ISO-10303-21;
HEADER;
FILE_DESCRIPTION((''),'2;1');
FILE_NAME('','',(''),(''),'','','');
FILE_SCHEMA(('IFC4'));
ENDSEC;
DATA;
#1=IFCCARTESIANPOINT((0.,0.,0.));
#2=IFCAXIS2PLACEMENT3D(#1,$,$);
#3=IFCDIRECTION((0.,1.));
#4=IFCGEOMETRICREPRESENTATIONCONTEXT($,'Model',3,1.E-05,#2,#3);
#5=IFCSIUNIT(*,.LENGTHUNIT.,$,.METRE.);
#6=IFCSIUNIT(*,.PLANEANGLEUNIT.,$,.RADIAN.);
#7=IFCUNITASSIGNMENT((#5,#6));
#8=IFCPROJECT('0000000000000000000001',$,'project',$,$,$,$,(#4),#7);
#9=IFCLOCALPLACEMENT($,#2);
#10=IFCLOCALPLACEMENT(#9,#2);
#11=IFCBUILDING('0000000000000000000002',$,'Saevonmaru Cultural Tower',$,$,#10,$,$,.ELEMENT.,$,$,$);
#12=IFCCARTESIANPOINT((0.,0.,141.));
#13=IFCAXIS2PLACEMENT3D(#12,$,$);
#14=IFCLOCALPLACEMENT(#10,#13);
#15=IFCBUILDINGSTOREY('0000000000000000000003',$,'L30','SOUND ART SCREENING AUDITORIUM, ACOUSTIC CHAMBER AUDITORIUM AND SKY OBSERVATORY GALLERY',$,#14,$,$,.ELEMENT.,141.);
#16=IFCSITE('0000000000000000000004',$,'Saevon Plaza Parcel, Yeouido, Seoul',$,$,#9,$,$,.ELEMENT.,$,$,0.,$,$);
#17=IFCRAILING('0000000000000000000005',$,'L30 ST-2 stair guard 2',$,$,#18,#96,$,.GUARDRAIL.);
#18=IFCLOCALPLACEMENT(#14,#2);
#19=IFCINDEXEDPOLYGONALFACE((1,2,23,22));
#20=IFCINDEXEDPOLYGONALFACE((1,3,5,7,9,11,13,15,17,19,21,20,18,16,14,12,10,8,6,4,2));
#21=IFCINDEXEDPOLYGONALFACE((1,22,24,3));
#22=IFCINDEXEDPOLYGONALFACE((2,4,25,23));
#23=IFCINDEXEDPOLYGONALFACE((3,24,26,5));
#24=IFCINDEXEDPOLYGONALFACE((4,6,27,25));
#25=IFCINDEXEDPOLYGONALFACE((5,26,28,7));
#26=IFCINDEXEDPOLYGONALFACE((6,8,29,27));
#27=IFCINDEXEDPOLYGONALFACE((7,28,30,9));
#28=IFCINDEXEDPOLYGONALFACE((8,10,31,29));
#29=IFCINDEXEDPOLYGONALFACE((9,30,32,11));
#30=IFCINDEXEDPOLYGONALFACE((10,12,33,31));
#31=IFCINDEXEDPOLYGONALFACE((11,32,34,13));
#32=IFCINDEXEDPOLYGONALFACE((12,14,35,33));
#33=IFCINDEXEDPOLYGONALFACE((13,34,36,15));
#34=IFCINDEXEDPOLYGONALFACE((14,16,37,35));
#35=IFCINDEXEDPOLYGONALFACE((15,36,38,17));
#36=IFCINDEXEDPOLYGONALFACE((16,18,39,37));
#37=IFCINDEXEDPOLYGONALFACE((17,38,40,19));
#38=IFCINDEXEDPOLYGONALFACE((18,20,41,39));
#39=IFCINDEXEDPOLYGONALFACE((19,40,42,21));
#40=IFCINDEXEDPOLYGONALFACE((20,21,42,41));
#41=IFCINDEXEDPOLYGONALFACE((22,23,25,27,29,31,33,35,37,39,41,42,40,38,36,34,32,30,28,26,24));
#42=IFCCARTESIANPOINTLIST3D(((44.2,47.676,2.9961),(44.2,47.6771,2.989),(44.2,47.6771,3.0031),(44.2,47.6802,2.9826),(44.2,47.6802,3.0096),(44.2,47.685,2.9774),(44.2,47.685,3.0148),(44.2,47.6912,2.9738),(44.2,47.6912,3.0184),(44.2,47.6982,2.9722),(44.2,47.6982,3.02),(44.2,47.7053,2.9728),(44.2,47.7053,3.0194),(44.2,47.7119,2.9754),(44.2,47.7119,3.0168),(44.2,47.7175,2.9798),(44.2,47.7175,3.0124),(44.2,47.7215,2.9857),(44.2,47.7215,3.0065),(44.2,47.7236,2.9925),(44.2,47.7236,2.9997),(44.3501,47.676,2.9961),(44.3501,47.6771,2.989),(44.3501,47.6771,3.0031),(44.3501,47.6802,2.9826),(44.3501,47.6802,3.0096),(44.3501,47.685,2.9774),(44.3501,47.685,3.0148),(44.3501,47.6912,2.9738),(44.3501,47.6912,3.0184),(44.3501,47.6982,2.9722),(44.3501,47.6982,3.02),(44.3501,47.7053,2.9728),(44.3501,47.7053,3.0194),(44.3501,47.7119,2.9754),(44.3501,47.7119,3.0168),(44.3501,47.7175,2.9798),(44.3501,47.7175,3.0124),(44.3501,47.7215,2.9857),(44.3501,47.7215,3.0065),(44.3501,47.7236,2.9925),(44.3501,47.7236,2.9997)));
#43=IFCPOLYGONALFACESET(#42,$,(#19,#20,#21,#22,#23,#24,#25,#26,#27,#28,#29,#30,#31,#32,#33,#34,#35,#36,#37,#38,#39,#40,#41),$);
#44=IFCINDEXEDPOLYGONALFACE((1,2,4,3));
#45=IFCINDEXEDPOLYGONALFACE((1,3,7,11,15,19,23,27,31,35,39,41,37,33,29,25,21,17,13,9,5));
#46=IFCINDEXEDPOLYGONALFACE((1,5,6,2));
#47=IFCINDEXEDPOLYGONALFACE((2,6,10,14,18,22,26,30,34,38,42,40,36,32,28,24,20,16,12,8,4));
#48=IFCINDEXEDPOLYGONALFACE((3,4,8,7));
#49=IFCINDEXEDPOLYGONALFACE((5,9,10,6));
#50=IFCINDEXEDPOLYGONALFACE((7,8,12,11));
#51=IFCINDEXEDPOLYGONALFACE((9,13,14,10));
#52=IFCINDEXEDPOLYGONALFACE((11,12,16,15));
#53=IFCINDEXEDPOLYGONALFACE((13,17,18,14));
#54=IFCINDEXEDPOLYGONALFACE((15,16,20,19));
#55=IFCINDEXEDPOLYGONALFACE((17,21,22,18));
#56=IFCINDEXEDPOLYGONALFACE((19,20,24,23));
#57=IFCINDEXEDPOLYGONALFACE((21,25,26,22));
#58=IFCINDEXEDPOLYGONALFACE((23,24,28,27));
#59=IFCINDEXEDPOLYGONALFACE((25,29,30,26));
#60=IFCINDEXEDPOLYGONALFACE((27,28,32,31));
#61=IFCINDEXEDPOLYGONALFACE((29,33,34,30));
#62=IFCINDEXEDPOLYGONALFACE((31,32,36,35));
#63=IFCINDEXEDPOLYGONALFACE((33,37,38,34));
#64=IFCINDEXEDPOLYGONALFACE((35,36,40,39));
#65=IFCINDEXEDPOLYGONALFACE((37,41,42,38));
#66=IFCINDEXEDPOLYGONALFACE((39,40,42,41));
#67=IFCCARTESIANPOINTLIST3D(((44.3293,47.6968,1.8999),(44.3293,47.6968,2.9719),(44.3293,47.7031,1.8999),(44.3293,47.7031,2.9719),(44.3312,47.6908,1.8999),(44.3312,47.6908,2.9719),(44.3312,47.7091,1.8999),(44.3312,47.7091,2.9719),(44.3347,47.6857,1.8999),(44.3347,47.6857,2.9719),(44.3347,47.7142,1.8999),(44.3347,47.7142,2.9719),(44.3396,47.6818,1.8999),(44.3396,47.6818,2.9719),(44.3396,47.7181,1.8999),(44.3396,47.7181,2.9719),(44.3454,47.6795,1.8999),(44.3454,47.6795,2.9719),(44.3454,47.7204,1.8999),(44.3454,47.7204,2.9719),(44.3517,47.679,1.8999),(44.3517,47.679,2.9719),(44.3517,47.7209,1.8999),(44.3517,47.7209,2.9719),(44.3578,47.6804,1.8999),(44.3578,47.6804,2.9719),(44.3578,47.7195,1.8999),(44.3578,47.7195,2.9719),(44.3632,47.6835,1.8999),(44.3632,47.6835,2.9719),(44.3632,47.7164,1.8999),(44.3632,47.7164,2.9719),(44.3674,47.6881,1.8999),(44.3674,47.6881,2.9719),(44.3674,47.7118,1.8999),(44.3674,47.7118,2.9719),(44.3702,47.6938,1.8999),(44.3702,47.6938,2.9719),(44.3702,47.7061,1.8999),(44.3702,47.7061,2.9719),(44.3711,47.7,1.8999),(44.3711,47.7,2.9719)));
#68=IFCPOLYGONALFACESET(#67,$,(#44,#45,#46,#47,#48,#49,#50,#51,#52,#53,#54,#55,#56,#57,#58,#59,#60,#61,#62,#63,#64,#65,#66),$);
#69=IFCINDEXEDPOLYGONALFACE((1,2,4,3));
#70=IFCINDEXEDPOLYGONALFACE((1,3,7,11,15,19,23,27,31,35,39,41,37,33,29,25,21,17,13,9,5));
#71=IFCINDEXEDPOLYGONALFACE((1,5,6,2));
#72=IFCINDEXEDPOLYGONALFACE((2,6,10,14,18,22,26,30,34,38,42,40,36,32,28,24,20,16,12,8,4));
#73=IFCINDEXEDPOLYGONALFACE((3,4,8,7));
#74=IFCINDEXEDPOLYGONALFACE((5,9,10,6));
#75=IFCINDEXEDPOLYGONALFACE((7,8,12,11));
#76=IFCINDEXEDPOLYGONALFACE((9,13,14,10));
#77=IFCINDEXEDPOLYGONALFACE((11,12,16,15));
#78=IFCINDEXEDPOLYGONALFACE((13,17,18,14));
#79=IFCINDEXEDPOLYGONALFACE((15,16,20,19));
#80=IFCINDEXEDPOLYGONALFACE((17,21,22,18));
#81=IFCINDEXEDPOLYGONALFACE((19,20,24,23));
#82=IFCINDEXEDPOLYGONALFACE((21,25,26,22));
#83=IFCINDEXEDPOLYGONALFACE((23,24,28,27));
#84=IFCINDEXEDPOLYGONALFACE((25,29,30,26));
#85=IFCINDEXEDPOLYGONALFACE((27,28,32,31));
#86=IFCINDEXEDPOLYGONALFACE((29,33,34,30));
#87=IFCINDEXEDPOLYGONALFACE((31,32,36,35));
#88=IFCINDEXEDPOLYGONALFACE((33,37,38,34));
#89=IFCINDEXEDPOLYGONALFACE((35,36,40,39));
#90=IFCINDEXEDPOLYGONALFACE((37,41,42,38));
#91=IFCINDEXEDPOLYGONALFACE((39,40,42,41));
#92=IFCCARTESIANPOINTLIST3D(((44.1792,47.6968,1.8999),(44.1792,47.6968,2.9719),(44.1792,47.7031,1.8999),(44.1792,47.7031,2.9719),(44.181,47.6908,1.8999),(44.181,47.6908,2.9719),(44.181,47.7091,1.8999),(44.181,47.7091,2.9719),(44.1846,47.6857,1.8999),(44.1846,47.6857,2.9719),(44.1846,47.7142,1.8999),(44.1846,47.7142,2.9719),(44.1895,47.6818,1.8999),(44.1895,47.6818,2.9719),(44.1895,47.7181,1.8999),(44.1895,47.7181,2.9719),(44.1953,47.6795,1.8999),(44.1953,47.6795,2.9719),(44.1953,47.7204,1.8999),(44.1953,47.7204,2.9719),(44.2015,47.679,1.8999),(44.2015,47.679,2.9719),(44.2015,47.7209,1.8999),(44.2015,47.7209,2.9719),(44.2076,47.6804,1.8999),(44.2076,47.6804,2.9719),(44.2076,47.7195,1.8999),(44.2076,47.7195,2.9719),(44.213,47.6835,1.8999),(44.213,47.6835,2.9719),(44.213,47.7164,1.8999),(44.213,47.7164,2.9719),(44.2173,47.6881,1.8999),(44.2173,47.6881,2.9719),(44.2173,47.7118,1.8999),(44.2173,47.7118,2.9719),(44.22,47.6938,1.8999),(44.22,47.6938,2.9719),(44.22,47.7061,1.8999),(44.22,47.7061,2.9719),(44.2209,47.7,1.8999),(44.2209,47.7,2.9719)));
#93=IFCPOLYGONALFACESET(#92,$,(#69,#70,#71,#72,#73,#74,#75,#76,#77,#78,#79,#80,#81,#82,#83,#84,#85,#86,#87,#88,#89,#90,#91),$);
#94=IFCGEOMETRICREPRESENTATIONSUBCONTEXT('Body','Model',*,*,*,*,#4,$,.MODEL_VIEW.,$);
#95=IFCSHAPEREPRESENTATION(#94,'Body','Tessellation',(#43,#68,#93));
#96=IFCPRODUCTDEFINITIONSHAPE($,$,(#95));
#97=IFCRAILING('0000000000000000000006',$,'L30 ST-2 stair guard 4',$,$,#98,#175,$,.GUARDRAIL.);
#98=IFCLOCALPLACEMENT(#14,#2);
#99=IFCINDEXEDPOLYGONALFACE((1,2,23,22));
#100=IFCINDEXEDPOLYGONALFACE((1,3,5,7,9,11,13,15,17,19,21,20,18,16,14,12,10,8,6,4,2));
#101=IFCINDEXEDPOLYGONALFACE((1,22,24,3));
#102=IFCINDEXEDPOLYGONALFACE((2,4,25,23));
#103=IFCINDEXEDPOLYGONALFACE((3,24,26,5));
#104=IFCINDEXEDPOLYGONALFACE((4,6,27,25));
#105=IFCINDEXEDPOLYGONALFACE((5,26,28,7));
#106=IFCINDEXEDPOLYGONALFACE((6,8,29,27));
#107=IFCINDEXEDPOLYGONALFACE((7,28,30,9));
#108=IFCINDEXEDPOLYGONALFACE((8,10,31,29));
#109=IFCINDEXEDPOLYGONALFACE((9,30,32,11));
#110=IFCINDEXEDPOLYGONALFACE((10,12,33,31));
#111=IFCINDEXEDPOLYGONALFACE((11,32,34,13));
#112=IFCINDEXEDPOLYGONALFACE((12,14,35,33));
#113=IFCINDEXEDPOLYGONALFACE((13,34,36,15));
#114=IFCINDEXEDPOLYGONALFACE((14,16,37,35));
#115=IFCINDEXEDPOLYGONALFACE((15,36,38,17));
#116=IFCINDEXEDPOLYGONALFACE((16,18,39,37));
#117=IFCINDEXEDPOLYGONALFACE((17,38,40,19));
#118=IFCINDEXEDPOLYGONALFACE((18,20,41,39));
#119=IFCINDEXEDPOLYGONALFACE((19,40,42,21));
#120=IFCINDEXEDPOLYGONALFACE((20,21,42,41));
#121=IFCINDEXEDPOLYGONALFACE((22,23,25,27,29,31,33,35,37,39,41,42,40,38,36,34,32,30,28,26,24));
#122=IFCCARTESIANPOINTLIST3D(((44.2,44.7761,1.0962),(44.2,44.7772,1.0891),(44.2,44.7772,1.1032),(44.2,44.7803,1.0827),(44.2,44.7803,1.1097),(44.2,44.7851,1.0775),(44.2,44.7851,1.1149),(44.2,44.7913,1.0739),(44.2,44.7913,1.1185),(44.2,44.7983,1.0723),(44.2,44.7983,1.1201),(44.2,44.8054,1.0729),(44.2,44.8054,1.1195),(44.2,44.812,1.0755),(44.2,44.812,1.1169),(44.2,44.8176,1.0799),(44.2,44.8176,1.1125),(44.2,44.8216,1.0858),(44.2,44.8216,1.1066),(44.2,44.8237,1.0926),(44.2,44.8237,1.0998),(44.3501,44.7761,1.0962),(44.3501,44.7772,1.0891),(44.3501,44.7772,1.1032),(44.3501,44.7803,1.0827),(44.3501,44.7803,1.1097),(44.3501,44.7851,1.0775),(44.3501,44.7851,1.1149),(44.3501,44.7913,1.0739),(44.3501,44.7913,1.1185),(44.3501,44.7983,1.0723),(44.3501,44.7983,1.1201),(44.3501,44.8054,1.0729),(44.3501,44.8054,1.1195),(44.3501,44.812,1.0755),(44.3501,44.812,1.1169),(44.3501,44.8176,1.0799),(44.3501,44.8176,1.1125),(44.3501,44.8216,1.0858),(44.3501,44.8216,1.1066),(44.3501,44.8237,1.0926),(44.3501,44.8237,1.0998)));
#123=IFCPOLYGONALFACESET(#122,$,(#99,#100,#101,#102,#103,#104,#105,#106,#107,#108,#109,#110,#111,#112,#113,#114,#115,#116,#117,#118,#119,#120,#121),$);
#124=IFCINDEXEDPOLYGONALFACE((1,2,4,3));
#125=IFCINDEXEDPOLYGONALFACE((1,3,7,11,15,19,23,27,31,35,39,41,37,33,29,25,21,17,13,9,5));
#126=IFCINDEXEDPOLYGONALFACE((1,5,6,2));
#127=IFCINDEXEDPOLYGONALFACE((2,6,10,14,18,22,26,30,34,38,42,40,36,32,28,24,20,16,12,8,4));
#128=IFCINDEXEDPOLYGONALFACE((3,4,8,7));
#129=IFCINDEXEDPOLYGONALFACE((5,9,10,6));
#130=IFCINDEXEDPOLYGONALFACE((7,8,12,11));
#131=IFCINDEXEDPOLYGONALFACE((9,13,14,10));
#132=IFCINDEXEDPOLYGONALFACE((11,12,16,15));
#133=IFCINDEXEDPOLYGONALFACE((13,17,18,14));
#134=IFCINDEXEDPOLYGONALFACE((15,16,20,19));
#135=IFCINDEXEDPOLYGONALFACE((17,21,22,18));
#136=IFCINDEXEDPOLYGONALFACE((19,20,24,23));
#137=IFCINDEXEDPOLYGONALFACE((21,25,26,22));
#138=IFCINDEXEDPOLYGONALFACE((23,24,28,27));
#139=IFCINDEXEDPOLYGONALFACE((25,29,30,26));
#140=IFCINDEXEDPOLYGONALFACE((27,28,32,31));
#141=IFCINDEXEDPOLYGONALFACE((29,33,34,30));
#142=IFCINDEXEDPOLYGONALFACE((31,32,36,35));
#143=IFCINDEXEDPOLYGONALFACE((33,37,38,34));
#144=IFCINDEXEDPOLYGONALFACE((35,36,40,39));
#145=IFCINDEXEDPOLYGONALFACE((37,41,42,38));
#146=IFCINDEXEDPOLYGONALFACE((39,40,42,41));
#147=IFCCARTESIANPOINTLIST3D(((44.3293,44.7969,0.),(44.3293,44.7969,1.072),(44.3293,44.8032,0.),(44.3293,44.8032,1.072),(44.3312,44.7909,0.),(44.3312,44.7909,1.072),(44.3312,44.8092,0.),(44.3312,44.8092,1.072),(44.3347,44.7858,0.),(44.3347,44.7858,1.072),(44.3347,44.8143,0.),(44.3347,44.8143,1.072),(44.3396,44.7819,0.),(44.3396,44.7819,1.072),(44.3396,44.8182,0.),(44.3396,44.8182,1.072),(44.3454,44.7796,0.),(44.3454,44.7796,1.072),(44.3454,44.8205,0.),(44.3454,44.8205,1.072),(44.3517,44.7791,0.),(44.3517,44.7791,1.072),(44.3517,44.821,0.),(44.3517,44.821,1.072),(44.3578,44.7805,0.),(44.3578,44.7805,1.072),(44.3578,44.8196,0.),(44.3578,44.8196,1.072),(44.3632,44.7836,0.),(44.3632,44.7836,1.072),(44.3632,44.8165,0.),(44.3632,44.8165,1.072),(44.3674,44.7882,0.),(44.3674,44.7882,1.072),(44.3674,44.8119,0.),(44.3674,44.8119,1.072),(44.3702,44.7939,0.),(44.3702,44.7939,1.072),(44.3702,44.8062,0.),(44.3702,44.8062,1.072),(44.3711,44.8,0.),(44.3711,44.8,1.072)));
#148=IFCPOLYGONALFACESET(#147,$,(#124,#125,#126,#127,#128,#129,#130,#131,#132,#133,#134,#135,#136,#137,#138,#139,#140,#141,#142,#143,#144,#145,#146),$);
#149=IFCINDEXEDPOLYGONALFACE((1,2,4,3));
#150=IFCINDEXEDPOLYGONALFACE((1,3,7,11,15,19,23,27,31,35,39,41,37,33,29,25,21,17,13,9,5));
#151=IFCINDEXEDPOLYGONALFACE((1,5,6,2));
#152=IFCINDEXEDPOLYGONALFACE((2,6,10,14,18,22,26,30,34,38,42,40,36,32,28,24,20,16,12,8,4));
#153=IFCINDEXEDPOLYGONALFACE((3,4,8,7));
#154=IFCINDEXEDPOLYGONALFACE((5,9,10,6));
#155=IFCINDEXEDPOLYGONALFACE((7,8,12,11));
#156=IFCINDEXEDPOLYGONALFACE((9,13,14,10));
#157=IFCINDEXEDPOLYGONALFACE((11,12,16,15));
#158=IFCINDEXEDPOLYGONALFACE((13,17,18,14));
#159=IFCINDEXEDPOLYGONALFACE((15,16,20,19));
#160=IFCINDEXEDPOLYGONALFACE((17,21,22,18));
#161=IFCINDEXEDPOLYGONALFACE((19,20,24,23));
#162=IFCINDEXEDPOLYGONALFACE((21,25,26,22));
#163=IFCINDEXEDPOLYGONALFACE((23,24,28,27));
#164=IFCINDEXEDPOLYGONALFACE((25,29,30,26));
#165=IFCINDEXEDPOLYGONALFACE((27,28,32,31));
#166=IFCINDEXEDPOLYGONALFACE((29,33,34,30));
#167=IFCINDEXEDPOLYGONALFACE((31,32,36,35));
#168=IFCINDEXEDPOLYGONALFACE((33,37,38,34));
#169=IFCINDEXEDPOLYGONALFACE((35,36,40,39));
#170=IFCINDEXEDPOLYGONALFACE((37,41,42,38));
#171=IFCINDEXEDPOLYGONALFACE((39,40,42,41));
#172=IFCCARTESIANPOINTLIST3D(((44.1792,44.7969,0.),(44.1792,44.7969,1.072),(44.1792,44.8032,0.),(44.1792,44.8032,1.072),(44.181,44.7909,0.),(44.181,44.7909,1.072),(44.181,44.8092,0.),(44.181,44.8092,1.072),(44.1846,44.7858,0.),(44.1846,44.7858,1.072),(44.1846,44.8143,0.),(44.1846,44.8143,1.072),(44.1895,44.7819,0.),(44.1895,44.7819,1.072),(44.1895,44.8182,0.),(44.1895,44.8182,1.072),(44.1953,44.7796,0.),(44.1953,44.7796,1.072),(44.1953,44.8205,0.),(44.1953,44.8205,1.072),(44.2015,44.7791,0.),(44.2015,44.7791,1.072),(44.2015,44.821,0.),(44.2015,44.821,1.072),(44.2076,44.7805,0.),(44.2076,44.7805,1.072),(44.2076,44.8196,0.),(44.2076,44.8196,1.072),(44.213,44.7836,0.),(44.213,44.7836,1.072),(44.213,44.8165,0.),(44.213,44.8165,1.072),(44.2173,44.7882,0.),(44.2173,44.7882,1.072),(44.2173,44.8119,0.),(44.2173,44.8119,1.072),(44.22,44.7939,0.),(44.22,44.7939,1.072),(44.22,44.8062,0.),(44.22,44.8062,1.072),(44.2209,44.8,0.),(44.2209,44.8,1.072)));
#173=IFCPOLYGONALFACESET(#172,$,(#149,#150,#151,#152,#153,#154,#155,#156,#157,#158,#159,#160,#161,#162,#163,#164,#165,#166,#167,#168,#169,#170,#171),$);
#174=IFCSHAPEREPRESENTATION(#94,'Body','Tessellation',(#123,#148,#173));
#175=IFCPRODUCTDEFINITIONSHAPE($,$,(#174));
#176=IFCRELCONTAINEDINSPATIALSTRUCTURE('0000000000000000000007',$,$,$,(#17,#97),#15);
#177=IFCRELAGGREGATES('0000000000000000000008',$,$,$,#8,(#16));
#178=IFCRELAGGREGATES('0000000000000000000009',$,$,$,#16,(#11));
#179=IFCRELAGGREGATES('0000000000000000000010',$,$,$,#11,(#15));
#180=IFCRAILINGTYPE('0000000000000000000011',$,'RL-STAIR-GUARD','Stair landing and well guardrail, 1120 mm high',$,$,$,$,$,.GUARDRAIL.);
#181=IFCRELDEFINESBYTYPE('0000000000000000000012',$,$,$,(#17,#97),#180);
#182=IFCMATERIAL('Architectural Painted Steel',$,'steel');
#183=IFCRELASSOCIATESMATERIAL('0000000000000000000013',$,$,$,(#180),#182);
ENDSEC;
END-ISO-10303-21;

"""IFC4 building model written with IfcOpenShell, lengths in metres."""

from ifc_helpers import new_model, si_unit, direction, frame, origin, origin_2d, place, context, subcontext, project, spatial, circle, extrude, material, type_object, element, save


model = new_model("IFC4")

# Units and contexts
model_context = context("Model", 3, precision=1e-05, world=origin(), true_north=direction((0.0, 1.0)))
body_context = subcontext(model_context, "Body", "Model", "MODEL_VIEW")
ifc_project = project(units=[si_unit("LENGTHUNIT", "METRE"), si_unit("PLANEANGLEUNIT", "RADIAN")], contexts=[model_context])

# Site, building, storey
site_placement = place(None, origin())
site = spatial("IfcSite", under=ifc_project, at=site_placement, Name="Saevon Plaza Parcel, Yeouido, Seoul", CompositionType="ELEMENT", RefElevation=0.0)
building_placement = place(site_placement, origin())
building = spatial("IfcBuilding", under=site, at=building_placement, Name="Saevonmaru Cultural Tower", CompositionType="ELEMENT")
storey_placement = place(building_placement, frame((0.0, 0.0, 141.0)))
storey = spatial("IfcBuildingStorey", under=building, at=storey_placement, Name="L30", Description="SOUND ART SCREENING AUDITORIUM, ACOUSTIC CHAMBER AUDITORIUM AND SKY OBSERVATORY GALLERY", CompositionType="ELEMENT", Elevation=141.0)

# Railings
ifc_material_1 = material(Name="Architectural Painted Steel", Category="steel")
railing_type_1 = type_object("IfcRailingType", Name="RL-STAIR-GUARD", Description="Stair landing and well guardrail, 1120 mm high", PredefinedType="GUARDRAIL", material=ifc_material_1)
for number, where, name in (
    (1, (44.3501, 47.7, 1.8999), "L30 ST-2 stair guard 2"),
    (2, (44.3501, 44.8, 0.0), "L30 ST-2 stair guard 4"),
):
    element("IfcRailing", number, at=place(storey_placement, frame(where)), inside=storey, type_object=railing_type_1, Name=name, PredefinedType="GUARDRAIL", context=body_context, shape_type="SweptSolid", body=[
        extrude(circle(Radius=0.0239, at=origin_2d()), frame((0.0, 0.0, 1.0962), z_axis=(-1.0, 0.0, 0.0), x_axis=(0.0, -1.0, 0.0)), (0.0, 0.0, 1.0), 0.1501),
        extrude(circle(Radius=0.021, at=origin_2d()), origin(), (0.0, 0.0, 1.0), 1.072),
        extrude(circle(Radius=0.021, at=origin_2d()), frame((-0.1501, 0.0, 0.0)), (0.0, 0.0, 1.0), 1.072),
    ])

save(model, "model.ifc")
